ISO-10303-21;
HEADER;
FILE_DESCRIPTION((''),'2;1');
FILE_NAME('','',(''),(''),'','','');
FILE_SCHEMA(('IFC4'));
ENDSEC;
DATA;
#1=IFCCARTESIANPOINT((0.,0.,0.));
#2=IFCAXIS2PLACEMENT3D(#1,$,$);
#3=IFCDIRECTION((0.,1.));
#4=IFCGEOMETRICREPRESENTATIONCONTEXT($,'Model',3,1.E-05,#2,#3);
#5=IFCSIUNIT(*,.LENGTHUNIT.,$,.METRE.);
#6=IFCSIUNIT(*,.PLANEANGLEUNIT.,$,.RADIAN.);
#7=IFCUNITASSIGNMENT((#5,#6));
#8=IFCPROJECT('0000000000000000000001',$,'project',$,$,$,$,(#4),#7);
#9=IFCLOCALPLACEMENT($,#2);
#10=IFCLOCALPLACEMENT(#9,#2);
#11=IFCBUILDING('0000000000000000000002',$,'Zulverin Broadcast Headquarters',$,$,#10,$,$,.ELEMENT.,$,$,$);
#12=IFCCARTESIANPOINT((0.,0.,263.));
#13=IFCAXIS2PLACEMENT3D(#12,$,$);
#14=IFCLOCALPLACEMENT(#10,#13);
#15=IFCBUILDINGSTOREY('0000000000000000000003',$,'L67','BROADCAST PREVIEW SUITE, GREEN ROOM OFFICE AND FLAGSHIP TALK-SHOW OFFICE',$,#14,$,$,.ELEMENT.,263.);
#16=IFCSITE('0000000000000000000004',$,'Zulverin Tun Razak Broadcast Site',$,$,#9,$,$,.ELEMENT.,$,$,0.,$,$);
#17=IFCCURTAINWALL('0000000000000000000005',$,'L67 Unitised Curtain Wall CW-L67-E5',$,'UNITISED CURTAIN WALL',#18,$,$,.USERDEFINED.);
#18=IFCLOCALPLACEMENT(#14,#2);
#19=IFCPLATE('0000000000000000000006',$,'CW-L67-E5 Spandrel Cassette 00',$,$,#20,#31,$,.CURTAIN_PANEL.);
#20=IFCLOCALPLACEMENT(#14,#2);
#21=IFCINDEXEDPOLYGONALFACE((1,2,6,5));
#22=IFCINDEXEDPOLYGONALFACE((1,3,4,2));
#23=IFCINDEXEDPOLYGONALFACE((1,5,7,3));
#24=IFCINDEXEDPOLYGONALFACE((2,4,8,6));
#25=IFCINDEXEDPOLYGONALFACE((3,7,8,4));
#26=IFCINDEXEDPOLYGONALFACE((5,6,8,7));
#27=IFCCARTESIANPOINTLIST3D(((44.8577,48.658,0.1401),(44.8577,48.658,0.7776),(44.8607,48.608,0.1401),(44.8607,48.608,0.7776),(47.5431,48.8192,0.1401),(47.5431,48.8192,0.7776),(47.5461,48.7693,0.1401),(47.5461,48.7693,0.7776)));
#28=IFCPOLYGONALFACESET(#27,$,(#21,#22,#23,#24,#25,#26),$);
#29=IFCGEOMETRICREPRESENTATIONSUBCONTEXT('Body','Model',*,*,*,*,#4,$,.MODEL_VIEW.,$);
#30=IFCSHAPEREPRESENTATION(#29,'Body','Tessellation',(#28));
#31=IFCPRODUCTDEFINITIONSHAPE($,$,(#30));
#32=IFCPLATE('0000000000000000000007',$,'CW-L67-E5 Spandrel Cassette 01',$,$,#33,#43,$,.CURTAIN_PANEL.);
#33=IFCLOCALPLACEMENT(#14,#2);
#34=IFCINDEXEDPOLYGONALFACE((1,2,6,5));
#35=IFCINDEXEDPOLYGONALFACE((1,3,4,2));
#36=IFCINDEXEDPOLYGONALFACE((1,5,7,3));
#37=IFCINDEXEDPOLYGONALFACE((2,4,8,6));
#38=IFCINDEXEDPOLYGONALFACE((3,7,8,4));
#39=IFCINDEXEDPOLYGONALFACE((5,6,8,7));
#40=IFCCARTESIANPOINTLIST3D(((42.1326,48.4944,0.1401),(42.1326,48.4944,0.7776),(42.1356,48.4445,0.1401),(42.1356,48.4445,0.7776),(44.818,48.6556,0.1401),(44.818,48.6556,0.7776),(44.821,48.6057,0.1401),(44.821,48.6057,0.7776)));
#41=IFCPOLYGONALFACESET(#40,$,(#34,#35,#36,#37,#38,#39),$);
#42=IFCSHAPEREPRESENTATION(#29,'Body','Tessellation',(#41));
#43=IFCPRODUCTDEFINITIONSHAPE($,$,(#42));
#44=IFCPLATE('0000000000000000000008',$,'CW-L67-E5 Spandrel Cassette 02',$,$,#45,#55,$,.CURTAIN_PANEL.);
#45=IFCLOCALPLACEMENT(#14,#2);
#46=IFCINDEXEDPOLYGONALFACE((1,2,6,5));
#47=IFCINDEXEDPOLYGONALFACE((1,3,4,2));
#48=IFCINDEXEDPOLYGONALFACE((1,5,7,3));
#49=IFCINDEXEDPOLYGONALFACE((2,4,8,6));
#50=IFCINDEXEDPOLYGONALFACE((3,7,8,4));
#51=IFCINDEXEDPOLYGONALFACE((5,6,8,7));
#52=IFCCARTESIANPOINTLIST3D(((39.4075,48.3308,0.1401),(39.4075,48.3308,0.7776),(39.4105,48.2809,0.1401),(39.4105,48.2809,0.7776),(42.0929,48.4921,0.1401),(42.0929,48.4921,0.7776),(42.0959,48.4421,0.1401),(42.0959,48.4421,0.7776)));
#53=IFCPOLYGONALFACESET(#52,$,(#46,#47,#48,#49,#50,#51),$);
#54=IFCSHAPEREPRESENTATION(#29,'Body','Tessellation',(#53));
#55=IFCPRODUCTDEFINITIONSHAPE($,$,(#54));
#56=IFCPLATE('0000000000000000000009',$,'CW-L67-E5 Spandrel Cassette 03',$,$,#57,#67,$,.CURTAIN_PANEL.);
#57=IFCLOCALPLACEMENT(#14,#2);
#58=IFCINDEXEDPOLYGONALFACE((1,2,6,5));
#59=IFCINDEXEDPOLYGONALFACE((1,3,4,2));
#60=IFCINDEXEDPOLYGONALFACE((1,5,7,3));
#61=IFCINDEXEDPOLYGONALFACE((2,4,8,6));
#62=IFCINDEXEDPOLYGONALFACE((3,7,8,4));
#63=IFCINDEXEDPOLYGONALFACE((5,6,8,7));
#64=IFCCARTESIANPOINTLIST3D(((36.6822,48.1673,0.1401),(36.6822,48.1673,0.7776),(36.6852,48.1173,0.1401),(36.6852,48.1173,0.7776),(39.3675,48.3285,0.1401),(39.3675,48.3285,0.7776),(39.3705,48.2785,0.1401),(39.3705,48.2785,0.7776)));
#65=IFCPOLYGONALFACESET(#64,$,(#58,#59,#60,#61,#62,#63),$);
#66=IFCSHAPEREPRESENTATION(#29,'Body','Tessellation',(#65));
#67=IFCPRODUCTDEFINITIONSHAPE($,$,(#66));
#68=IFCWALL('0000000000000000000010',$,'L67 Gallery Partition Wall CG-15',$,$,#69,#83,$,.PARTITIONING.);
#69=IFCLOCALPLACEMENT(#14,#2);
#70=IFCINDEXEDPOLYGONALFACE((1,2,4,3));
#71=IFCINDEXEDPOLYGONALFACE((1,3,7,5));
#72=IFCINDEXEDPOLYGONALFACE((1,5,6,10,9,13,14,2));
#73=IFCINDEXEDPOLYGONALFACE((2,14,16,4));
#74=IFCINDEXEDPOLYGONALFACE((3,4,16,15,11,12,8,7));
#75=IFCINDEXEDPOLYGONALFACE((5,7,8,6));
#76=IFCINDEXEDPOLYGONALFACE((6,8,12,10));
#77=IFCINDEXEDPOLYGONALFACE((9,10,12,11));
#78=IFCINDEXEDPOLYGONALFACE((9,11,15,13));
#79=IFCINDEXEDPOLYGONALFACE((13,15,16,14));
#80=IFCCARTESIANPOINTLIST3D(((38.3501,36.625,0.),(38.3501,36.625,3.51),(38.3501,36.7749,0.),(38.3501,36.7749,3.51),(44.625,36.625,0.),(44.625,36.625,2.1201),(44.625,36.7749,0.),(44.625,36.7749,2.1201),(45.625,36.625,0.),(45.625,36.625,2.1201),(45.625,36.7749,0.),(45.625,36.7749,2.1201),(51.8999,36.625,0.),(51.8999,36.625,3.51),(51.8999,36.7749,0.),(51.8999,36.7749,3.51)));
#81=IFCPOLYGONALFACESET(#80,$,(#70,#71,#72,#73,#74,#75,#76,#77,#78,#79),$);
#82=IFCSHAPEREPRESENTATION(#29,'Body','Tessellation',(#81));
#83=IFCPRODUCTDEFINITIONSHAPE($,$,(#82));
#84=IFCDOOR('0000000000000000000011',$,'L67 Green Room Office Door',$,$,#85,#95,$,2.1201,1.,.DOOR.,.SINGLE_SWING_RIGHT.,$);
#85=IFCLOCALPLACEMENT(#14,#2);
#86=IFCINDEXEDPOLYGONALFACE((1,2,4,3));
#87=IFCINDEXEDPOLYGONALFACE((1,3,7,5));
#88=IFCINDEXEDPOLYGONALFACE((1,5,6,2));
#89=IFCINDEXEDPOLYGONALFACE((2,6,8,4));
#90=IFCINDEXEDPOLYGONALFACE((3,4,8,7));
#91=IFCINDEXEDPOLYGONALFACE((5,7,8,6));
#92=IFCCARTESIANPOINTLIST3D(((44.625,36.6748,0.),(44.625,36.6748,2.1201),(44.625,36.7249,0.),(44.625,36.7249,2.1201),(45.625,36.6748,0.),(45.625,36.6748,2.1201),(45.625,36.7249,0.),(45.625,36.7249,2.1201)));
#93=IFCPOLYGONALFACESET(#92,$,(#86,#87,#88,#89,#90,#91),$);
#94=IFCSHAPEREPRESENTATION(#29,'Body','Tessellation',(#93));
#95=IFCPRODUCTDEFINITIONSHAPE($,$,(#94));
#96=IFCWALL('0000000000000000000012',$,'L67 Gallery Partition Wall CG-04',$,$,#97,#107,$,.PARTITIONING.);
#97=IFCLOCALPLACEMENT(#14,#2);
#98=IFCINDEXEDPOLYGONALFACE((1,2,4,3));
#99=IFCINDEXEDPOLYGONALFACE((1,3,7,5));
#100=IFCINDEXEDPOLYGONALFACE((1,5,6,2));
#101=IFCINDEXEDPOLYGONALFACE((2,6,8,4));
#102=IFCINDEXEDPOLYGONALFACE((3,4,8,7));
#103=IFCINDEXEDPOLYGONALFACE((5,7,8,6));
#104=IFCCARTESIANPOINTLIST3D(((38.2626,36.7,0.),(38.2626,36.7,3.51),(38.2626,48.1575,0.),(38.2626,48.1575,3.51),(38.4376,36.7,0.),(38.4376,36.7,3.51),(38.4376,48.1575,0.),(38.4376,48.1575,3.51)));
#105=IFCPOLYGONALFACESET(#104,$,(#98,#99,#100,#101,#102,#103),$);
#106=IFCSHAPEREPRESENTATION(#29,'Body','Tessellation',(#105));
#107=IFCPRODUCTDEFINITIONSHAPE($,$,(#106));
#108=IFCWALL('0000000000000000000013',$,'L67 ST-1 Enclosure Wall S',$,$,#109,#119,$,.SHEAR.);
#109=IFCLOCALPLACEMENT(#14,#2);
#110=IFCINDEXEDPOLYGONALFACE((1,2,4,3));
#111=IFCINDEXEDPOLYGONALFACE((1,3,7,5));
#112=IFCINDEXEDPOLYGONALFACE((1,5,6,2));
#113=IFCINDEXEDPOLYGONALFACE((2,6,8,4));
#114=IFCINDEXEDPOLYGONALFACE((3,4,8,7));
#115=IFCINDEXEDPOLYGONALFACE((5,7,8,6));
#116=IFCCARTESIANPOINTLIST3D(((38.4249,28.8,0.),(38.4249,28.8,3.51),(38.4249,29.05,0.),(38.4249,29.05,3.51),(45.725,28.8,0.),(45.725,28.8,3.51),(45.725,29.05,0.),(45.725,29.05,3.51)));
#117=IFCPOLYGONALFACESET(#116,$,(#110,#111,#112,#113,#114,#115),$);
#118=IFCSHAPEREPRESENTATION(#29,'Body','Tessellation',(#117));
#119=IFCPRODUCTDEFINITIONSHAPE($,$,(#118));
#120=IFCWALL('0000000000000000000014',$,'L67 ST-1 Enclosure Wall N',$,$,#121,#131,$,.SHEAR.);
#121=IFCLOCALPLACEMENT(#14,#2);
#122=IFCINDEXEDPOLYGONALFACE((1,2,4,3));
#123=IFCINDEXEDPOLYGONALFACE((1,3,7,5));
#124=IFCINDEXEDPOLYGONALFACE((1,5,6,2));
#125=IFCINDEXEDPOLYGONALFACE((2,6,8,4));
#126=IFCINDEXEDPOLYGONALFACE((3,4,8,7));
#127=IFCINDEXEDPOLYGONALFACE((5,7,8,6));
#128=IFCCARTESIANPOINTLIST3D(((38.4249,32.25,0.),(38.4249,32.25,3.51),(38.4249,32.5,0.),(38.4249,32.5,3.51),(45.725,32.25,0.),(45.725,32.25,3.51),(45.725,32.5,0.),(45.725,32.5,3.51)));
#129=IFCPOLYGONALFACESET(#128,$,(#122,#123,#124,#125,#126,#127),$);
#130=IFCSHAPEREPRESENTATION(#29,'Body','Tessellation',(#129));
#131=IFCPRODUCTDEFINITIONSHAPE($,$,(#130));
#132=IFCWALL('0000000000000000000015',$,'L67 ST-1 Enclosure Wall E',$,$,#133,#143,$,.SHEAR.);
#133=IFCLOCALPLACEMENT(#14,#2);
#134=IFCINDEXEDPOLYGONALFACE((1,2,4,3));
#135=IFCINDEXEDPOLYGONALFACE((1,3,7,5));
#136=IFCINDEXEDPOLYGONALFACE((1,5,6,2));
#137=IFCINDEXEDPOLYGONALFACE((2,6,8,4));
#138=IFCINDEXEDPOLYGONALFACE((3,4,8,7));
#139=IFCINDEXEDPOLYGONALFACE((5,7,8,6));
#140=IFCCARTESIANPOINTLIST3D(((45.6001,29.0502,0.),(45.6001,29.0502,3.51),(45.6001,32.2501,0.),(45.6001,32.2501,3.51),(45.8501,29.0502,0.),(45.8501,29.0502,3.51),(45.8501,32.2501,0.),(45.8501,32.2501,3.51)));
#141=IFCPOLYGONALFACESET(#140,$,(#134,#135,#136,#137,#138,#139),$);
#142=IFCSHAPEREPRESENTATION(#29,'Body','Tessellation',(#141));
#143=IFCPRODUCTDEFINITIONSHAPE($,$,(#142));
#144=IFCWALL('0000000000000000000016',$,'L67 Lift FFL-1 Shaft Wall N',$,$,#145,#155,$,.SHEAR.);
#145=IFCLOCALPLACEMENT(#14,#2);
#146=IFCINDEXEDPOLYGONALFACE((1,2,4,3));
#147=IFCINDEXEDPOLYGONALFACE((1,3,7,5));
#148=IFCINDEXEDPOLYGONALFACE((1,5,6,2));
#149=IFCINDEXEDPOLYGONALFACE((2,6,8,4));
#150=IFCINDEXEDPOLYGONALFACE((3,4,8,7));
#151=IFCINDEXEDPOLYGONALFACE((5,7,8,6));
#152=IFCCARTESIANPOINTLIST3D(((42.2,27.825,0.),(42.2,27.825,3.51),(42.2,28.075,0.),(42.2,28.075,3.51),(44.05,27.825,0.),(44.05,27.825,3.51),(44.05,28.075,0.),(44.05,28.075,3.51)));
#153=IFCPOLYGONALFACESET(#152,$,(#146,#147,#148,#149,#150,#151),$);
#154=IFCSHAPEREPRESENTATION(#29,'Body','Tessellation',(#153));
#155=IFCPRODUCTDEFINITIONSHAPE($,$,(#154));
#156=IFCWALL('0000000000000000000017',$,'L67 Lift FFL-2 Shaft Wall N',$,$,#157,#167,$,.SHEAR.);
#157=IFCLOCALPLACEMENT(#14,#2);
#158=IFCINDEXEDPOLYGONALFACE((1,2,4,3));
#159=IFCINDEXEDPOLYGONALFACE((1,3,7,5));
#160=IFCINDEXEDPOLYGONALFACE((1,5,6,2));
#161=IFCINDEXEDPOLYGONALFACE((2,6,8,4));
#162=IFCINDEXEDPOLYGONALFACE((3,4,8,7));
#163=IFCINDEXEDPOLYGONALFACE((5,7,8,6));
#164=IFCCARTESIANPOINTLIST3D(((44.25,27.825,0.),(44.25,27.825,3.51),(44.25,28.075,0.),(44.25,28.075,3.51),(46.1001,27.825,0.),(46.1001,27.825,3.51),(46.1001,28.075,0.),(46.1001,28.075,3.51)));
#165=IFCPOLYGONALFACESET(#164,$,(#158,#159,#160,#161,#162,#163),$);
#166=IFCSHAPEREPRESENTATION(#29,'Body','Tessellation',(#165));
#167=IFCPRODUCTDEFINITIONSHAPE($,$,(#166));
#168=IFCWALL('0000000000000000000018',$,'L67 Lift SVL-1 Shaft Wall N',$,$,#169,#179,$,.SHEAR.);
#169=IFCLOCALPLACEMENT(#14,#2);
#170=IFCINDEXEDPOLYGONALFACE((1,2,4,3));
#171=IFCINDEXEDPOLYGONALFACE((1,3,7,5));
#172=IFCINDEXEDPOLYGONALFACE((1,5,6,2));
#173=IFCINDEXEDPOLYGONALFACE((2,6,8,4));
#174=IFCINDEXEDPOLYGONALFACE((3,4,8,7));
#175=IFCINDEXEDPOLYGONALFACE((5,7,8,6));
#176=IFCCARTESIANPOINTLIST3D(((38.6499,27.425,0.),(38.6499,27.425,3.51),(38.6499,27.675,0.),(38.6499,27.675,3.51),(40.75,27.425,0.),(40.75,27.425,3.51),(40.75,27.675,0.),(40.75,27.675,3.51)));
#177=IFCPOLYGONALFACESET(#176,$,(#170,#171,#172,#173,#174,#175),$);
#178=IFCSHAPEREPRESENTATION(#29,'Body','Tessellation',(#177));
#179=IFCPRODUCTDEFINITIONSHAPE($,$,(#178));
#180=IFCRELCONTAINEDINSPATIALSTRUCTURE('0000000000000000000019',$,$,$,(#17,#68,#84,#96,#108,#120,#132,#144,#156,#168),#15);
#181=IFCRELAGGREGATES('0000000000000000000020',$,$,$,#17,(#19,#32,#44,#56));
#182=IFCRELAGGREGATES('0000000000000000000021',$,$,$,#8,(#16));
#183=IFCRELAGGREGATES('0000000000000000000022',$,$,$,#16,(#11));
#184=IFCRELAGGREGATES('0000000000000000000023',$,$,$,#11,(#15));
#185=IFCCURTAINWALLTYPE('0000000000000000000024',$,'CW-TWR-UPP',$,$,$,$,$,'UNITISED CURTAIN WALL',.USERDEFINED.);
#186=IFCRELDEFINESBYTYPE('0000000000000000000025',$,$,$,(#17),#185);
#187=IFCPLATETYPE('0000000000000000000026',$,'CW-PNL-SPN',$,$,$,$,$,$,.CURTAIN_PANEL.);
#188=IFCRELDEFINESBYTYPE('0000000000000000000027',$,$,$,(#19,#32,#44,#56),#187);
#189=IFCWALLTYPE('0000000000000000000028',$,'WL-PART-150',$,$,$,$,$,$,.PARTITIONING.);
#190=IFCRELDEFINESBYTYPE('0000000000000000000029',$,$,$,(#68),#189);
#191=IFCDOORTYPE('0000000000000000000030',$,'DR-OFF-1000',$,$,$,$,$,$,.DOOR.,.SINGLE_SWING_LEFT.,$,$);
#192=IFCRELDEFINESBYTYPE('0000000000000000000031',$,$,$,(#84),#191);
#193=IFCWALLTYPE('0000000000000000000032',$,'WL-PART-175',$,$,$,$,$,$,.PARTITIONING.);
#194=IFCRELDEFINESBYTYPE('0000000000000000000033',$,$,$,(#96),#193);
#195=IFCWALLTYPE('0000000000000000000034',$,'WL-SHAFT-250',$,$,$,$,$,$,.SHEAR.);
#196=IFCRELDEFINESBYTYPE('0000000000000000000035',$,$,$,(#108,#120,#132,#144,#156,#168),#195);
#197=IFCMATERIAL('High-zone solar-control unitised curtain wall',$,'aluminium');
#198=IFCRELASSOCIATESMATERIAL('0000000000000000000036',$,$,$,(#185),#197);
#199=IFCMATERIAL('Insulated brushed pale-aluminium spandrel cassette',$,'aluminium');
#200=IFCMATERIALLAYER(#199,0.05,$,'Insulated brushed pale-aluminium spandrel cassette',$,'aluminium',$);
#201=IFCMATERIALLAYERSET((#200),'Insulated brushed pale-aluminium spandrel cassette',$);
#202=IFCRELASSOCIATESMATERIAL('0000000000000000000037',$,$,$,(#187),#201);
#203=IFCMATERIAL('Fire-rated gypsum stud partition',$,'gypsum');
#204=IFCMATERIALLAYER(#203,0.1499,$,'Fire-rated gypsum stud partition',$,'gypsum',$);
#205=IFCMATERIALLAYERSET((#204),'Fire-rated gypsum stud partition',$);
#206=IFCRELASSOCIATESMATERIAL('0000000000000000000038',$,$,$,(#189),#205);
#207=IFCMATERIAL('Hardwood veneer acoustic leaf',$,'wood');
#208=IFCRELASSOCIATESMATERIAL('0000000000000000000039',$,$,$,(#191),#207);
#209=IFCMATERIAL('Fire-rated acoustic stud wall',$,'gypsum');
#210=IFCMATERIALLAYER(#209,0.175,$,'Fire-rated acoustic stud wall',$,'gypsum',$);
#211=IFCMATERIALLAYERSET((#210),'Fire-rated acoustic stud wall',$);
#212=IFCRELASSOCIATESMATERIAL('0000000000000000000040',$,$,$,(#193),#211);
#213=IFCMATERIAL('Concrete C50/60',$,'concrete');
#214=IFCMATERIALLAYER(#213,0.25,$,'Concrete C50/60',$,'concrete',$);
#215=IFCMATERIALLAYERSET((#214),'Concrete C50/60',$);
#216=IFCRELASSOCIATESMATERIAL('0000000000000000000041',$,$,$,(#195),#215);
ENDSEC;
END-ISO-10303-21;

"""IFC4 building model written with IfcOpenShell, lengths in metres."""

from ifc_helpers import new_model, si_unit, direction, frame, frame_2d, origin, origin_2d, place, context, subcontext, project, spatial, rectangle, extrude, material, layer, layer_set, type_object, element, fill, aggregate, save


model = new_model("IFC4")

# Units and contexts
model_context = context("Model", 3, precision=1e-05, world=origin(), true_north=direction((0.0, 1.0)))
body_context = subcontext(model_context, "Body", "Model", "MODEL_VIEW")
ifc_project = project(units=[si_unit("LENGTHUNIT", "METRE"), si_unit("PLANEANGLEUNIT", "RADIAN")], contexts=[model_context])

# Site, building, storey
site_placement = place(None, origin())
site = spatial("IfcSite", under=ifc_project, at=site_placement, Name="Zulverin Tun Razak Broadcast Site", CompositionType="ELEMENT", RefElevation=0.0)
building_placement = place(site_placement, origin())
building = spatial("IfcBuilding", under=site, at=building_placement, Name="Zulverin Broadcast Headquarters", CompositionType="ELEMENT")
storey_placement = place(building_placement, frame((0.0, 0.0, 263.0)))
storey = spatial("IfcBuildingStorey", under=building, at=storey_placement, Name="L67", Description="BROADCAST PREVIEW SUITE, GREEN ROOM OFFICE AND FLAGSHIP TALK-SHOW OFFICE", CompositionType="ELEMENT", Elevation=263.0)

# Shared definitions
ifc_material_1 = material(Name="Concrete C50/60", Category="concrete")

# Curtain wall, plates
ifc_material_2 = material(Name="High-zone solar-control unitised curtain wall", Category="aluminium")
curtain_wall_type = type_object("IfcCurtainWallType", Name="CW-TWR-UPP", ElementType="UNITISED CURTAIN WALL", PredefinedType="USERDEFINED", material=ifc_material_2)
curtain_wall_placement = place(storey_placement, origin())
curtain_wall = element("IfcCurtainWall", 1, at=curtain_wall_placement, inside=storey, type_object=curtain_wall_type, Name="L67 Unitised Curtain Wall CW-L67-E5", ObjectType="UNITISED CURTAIN WALL", PredefinedType="USERDEFINED")
ifc_material_3 = material(Name="Insulated brushed pale-aluminium spandrel cassette", Category="aluminium")
ifc_layer_1 = layer(ifc_material_3, 0.05, Name="Insulated brushed pale-aluminium spandrel cassette", Category="aluminium")
ifc_layer_set_1 = layer_set([ifc_layer_1], Name="Insulated brushed pale-aluminium spandrel cassette")
plate_type_1 = type_object("IfcPlateType", Name="CW-PNL-SPN", PredefinedType="CURTAIN_PANEL", material=ifc_layer_set_1)
plate_1_placement = place(storey_placement, frame((46.2019, 48.7136, 0.1401), z_axis=(0.0, 0.0, 1.0), x_axis=(-0.998203, -0.05993, 0.0)))
plate_1 = element("IfcPlate", 2, at=plate_1_placement, type_object=plate_type_1, Name="CW-L67-E5 Spandrel Cassette 00", PredefinedType="CURTAIN_PANEL", context=body_context, shape_type="SweptSolid", body=[
    extrude(rectangle(XDim=2.6902, YDim=0.05, at=origin_2d()), origin(), (0.0, 0.0, 1.0), 0.6375),
])
plate_2_placement = place(storey_placement, frame((43.4768, 48.55, 0.1401), z_axis=(0.0, 0.0, 1.0), x_axis=(-0.998203, -0.05993, 0.0)))
plate_2 = element("IfcPlate", 3, at=plate_2_placement, type_object=plate_type_1, Name="CW-L67-E5 Spandrel Cassette 01", PredefinedType="CURTAIN_PANEL", context=body_context, shape_type="SweptSolid", body=[
    extrude(rectangle(XDim=2.6902, YDim=0.05, at=origin_2d()), origin(), (0.0, 0.0, 1.0), 0.6375),
])
plate_3_placement = place(storey_placement, frame((40.7517, 48.3865, 0.1401), z_axis=(0.0, 0.0, 1.0), x_axis=(-0.998203, -0.05993, 0.0)))
plate_3 = element("IfcPlate", 4, at=plate_3_placement, type_object=plate_type_1, Name="CW-L67-E5 Spandrel Cassette 02", PredefinedType="CURTAIN_PANEL", context=body_context, shape_type="SweptSolid", body=[
    extrude(rectangle(XDim=2.6902, YDim=0.05, at=origin_2d()), origin(), (0.0, 0.0, 1.0), 0.6375),
])
plate_4_placement = place(storey_placement, frame((38.0264, 48.2229, 0.1401), z_axis=(0.0, 0.0, 1.0), x_axis=(-0.998203, -0.05993, 0.0)))
plate_4 = element("IfcPlate", 5, at=plate_4_placement, type_object=plate_type_1, Name="CW-L67-E5 Spandrel Cassette 03", PredefinedType="CURTAIN_PANEL", context=body_context, shape_type="SweptSolid", body=[
    extrude(rectangle(XDim=2.6902, YDim=0.05, at=origin_2d()), origin(), (0.0, 0.0, 1.0), 0.6375),
])
aggregate(curtain_wall, [plate_1, plate_2, plate_3, plate_4])

# Wall, opening, door
ifc_material_4 = material(Name="Fire-rated gypsum stud partition", Category="gypsum")
ifc_layer_2 = layer(ifc_material_4, 0.1499, Name="Fire-rated gypsum stud partition", Category="gypsum")
ifc_layer_set_2 = layer_set([ifc_layer_2], Name="Fire-rated gypsum stud partition")
wall_type_1 = type_object("IfcWallType", Name="WL-PART-150", PredefinedType="PARTITIONING", material=ifc_layer_set_2)
wall_1_placement = place(storey_placement, frame((38.3501, 36.7, 0.0), z_axis=(0.0, 0.0, 1.0), x_axis=(1.0, 0.0, 0.0)))
wall_1 = element("IfcWall", 6, at=wall_1_placement, inside=storey, type_object=wall_type_1, Name="L67 Gallery Partition Wall CG-15", PredefinedType="PARTITIONING", context=body_context, shape_type="SweptSolid", body=[
    extrude(rectangle(XDim=13.5498, YDim=0.1499, at=frame_2d((6.7749, 0.0))), origin(), (0.0, 0.0, 1.0), 3.51),
])
opening_1_placement = place(wall_1_placement, frame((6.2749, 0.0, 0.0)))
opening_1 = element("IfcOpeningElement", 7, at=opening_1_placement, cuts=wall_1, PredefinedType="OPENING", context=body_context, shape_type="SweptSolid", body=[
    extrude(rectangle(XDim=1.0, YDim=2.1201, at=frame_2d((0.5, 1.0601))), frame((0.0, 0.085, 0.0), z_axis=(0.0, -1.0, 0.0), x_axis=(1.0, 0.0, 0.0)), (0.0, 0.0, 1.0), 0.1699),
])
ifc_material_5 = material(Name="Hardwood veneer acoustic leaf", Category="wood")
door_type_1 = type_object("IfcDoorType", Name="DR-OFF-1000", OperationType="SINGLE_SWING_LEFT", PredefinedType="DOOR", material=ifc_material_5)
door_1_placement = place(opening_1_placement, origin())
door_1 = element("IfcDoor", 8, at=door_1_placement, inside=storey, type_object=door_type_1, Name="L67 Green Room Office Door", OperationType="SINGLE_SWING_RIGHT", OverallHeight=2.1201, OverallWidth=1.0, PredefinedType="DOOR", context=body_context, shape_type="SweptSolid", body=[
    extrude(rectangle(XDim=1.0, YDim=2.1201, at=frame_2d((0.5, 1.0601))), frame((0.0, 0.0249, 0.0), z_axis=(0.0, -1.0, 0.0), x_axis=(1.0, 0.0, 0.0)), (0.0, 0.0, 1.0), 0.05),
])
fill(opening_1, door_1)

# Walls
ifc_material_6 = material(Name="Fire-rated acoustic stud wall", Category="gypsum")
ifc_layer_3 = layer(ifc_material_6, 0.175, Name="Fire-rated acoustic stud wall", Category="gypsum")
ifc_layer_set_3 = layer_set([ifc_layer_3], Name="Fire-rated acoustic stud wall")
wall_type_2 = type_object("IfcWallType", Name="WL-PART-175", PredefinedType="PARTITIONING", material=ifc_layer_set_3)
wall_2_placement = place(storey_placement, frame((38.3501, 36.7, 0.0), z_axis=(0.0, 0.0, 1.0), x_axis=(0.0, 1.0, 0.0)))
element("IfcWall", 9, at=wall_2_placement, inside=storey, type_object=wall_type_2, Name="L67 Gallery Partition Wall CG-04", PredefinedType="PARTITIONING", context=body_context, shape_type="SweptSolid", body=[
    extrude(rectangle(XDim=11.4575, YDim=0.175, at=frame_2d((5.7288, 0.0))), origin(), (0.0, 0.0, 1.0), 3.51),
])
ifc_layer_4 = layer(ifc_material_1, 0.25, Name="Concrete C50/60", Category="concrete")
ifc_layer_set_4 = layer_set([ifc_layer_4], Name="Concrete C50/60")
wall_type_3 = type_object("IfcWallType", Name="WL-SHAFT-250", PredefinedType="SHEAR", material=ifc_layer_set_4)
for number, where, z_axis, x_axis, name in (
    (10, (38.425, 28.925, 0.0), (0.0, 0.0, 1.0), (1.0, 0.0, 0.0), "L67 ST-1 Enclosure Wall S"),
    (11, (38.425, 32.375, 0.0), (0.0, 0.0, 1.0), (1.0, 0.0, 0.0), "L67 ST-1 Enclosure Wall N"),
):
    element("IfcWall", number, at=place(storey_placement, frame(where, z_axis=z_axis, x_axis=x_axis)), inside=storey, type_object=wall_type_3, Name=name, PredefinedType="SHEAR", context=body_context, shape_type="SweptSolid", body=[
        extrude(rectangle(XDim=7.3, YDim=0.25, at=frame_2d((3.6499, 0.0))), origin(), (0.0, 0.0, 1.0), 3.51),
    ])

# Walls
wall_3_placement = place(storey_placement, frame((45.7251, 29.05, 0.0), z_axis=(0.0, 0.0, 1.0), x_axis=(0.0, 1.0, 0.0)))
element("IfcWall", 12, at=wall_3_placement, inside=storey, type_object=wall_type_3, Name="L67 ST-1 Enclosure Wall E", PredefinedType="SHEAR", context=body_context, shape_type="SweptSolid", body=[
    extrude(rectangle(XDim=3.2, YDim=0.25, at=frame_2d((1.6001, 0.0))), origin(), (0.0, 0.0, 1.0), 3.51),
])
for number, where, z_axis, x_axis, name in (
    (13, (42.2, 27.95, 0.0), (0.0, 0.0, 1.0), (1.0, 0.0, 0.0), "L67 Lift FFL-1 Shaft Wall N"),
    (14, (44.25, 27.95, 0.0), (0.0, 0.0, 1.0), (1.0, 0.0, 0.0), "L67 Lift FFL-2 Shaft Wall N"),
):
    element("IfcWall", number, at=place(storey_placement, frame(where, z_axis=z_axis, x_axis=x_axis)), inside=storey, type_object=wall_type_3, Name=name, PredefinedType="SHEAR", context=body_context, shape_type="SweptSolid", body=[
        extrude(rectangle(XDim=1.8501, YDim=0.25, at=frame_2d((0.925, 0.0))), origin(), (0.0, 0.0, 1.0), 3.51),
    ])
wall_4_placement = place(storey_placement, frame((38.6499, 27.55, 0.0), z_axis=(0.0, 0.0, 1.0), x_axis=(1.0, 0.0, 0.0)))
element("IfcWall", 15, at=wall_4_placement, inside=storey, type_object=wall_type_3, Name="L67 Lift SVL-1 Shaft Wall N", PredefinedType="SHEAR", context=body_context, shape_type="SweptSolid", body=[
    extrude(rectangle(XDim=2.1001, YDim=0.25, at=frame_2d((1.05, 0.0))), origin(), (0.0, 0.0, 1.0), 3.51),
])

save(model, "model.ifc")
